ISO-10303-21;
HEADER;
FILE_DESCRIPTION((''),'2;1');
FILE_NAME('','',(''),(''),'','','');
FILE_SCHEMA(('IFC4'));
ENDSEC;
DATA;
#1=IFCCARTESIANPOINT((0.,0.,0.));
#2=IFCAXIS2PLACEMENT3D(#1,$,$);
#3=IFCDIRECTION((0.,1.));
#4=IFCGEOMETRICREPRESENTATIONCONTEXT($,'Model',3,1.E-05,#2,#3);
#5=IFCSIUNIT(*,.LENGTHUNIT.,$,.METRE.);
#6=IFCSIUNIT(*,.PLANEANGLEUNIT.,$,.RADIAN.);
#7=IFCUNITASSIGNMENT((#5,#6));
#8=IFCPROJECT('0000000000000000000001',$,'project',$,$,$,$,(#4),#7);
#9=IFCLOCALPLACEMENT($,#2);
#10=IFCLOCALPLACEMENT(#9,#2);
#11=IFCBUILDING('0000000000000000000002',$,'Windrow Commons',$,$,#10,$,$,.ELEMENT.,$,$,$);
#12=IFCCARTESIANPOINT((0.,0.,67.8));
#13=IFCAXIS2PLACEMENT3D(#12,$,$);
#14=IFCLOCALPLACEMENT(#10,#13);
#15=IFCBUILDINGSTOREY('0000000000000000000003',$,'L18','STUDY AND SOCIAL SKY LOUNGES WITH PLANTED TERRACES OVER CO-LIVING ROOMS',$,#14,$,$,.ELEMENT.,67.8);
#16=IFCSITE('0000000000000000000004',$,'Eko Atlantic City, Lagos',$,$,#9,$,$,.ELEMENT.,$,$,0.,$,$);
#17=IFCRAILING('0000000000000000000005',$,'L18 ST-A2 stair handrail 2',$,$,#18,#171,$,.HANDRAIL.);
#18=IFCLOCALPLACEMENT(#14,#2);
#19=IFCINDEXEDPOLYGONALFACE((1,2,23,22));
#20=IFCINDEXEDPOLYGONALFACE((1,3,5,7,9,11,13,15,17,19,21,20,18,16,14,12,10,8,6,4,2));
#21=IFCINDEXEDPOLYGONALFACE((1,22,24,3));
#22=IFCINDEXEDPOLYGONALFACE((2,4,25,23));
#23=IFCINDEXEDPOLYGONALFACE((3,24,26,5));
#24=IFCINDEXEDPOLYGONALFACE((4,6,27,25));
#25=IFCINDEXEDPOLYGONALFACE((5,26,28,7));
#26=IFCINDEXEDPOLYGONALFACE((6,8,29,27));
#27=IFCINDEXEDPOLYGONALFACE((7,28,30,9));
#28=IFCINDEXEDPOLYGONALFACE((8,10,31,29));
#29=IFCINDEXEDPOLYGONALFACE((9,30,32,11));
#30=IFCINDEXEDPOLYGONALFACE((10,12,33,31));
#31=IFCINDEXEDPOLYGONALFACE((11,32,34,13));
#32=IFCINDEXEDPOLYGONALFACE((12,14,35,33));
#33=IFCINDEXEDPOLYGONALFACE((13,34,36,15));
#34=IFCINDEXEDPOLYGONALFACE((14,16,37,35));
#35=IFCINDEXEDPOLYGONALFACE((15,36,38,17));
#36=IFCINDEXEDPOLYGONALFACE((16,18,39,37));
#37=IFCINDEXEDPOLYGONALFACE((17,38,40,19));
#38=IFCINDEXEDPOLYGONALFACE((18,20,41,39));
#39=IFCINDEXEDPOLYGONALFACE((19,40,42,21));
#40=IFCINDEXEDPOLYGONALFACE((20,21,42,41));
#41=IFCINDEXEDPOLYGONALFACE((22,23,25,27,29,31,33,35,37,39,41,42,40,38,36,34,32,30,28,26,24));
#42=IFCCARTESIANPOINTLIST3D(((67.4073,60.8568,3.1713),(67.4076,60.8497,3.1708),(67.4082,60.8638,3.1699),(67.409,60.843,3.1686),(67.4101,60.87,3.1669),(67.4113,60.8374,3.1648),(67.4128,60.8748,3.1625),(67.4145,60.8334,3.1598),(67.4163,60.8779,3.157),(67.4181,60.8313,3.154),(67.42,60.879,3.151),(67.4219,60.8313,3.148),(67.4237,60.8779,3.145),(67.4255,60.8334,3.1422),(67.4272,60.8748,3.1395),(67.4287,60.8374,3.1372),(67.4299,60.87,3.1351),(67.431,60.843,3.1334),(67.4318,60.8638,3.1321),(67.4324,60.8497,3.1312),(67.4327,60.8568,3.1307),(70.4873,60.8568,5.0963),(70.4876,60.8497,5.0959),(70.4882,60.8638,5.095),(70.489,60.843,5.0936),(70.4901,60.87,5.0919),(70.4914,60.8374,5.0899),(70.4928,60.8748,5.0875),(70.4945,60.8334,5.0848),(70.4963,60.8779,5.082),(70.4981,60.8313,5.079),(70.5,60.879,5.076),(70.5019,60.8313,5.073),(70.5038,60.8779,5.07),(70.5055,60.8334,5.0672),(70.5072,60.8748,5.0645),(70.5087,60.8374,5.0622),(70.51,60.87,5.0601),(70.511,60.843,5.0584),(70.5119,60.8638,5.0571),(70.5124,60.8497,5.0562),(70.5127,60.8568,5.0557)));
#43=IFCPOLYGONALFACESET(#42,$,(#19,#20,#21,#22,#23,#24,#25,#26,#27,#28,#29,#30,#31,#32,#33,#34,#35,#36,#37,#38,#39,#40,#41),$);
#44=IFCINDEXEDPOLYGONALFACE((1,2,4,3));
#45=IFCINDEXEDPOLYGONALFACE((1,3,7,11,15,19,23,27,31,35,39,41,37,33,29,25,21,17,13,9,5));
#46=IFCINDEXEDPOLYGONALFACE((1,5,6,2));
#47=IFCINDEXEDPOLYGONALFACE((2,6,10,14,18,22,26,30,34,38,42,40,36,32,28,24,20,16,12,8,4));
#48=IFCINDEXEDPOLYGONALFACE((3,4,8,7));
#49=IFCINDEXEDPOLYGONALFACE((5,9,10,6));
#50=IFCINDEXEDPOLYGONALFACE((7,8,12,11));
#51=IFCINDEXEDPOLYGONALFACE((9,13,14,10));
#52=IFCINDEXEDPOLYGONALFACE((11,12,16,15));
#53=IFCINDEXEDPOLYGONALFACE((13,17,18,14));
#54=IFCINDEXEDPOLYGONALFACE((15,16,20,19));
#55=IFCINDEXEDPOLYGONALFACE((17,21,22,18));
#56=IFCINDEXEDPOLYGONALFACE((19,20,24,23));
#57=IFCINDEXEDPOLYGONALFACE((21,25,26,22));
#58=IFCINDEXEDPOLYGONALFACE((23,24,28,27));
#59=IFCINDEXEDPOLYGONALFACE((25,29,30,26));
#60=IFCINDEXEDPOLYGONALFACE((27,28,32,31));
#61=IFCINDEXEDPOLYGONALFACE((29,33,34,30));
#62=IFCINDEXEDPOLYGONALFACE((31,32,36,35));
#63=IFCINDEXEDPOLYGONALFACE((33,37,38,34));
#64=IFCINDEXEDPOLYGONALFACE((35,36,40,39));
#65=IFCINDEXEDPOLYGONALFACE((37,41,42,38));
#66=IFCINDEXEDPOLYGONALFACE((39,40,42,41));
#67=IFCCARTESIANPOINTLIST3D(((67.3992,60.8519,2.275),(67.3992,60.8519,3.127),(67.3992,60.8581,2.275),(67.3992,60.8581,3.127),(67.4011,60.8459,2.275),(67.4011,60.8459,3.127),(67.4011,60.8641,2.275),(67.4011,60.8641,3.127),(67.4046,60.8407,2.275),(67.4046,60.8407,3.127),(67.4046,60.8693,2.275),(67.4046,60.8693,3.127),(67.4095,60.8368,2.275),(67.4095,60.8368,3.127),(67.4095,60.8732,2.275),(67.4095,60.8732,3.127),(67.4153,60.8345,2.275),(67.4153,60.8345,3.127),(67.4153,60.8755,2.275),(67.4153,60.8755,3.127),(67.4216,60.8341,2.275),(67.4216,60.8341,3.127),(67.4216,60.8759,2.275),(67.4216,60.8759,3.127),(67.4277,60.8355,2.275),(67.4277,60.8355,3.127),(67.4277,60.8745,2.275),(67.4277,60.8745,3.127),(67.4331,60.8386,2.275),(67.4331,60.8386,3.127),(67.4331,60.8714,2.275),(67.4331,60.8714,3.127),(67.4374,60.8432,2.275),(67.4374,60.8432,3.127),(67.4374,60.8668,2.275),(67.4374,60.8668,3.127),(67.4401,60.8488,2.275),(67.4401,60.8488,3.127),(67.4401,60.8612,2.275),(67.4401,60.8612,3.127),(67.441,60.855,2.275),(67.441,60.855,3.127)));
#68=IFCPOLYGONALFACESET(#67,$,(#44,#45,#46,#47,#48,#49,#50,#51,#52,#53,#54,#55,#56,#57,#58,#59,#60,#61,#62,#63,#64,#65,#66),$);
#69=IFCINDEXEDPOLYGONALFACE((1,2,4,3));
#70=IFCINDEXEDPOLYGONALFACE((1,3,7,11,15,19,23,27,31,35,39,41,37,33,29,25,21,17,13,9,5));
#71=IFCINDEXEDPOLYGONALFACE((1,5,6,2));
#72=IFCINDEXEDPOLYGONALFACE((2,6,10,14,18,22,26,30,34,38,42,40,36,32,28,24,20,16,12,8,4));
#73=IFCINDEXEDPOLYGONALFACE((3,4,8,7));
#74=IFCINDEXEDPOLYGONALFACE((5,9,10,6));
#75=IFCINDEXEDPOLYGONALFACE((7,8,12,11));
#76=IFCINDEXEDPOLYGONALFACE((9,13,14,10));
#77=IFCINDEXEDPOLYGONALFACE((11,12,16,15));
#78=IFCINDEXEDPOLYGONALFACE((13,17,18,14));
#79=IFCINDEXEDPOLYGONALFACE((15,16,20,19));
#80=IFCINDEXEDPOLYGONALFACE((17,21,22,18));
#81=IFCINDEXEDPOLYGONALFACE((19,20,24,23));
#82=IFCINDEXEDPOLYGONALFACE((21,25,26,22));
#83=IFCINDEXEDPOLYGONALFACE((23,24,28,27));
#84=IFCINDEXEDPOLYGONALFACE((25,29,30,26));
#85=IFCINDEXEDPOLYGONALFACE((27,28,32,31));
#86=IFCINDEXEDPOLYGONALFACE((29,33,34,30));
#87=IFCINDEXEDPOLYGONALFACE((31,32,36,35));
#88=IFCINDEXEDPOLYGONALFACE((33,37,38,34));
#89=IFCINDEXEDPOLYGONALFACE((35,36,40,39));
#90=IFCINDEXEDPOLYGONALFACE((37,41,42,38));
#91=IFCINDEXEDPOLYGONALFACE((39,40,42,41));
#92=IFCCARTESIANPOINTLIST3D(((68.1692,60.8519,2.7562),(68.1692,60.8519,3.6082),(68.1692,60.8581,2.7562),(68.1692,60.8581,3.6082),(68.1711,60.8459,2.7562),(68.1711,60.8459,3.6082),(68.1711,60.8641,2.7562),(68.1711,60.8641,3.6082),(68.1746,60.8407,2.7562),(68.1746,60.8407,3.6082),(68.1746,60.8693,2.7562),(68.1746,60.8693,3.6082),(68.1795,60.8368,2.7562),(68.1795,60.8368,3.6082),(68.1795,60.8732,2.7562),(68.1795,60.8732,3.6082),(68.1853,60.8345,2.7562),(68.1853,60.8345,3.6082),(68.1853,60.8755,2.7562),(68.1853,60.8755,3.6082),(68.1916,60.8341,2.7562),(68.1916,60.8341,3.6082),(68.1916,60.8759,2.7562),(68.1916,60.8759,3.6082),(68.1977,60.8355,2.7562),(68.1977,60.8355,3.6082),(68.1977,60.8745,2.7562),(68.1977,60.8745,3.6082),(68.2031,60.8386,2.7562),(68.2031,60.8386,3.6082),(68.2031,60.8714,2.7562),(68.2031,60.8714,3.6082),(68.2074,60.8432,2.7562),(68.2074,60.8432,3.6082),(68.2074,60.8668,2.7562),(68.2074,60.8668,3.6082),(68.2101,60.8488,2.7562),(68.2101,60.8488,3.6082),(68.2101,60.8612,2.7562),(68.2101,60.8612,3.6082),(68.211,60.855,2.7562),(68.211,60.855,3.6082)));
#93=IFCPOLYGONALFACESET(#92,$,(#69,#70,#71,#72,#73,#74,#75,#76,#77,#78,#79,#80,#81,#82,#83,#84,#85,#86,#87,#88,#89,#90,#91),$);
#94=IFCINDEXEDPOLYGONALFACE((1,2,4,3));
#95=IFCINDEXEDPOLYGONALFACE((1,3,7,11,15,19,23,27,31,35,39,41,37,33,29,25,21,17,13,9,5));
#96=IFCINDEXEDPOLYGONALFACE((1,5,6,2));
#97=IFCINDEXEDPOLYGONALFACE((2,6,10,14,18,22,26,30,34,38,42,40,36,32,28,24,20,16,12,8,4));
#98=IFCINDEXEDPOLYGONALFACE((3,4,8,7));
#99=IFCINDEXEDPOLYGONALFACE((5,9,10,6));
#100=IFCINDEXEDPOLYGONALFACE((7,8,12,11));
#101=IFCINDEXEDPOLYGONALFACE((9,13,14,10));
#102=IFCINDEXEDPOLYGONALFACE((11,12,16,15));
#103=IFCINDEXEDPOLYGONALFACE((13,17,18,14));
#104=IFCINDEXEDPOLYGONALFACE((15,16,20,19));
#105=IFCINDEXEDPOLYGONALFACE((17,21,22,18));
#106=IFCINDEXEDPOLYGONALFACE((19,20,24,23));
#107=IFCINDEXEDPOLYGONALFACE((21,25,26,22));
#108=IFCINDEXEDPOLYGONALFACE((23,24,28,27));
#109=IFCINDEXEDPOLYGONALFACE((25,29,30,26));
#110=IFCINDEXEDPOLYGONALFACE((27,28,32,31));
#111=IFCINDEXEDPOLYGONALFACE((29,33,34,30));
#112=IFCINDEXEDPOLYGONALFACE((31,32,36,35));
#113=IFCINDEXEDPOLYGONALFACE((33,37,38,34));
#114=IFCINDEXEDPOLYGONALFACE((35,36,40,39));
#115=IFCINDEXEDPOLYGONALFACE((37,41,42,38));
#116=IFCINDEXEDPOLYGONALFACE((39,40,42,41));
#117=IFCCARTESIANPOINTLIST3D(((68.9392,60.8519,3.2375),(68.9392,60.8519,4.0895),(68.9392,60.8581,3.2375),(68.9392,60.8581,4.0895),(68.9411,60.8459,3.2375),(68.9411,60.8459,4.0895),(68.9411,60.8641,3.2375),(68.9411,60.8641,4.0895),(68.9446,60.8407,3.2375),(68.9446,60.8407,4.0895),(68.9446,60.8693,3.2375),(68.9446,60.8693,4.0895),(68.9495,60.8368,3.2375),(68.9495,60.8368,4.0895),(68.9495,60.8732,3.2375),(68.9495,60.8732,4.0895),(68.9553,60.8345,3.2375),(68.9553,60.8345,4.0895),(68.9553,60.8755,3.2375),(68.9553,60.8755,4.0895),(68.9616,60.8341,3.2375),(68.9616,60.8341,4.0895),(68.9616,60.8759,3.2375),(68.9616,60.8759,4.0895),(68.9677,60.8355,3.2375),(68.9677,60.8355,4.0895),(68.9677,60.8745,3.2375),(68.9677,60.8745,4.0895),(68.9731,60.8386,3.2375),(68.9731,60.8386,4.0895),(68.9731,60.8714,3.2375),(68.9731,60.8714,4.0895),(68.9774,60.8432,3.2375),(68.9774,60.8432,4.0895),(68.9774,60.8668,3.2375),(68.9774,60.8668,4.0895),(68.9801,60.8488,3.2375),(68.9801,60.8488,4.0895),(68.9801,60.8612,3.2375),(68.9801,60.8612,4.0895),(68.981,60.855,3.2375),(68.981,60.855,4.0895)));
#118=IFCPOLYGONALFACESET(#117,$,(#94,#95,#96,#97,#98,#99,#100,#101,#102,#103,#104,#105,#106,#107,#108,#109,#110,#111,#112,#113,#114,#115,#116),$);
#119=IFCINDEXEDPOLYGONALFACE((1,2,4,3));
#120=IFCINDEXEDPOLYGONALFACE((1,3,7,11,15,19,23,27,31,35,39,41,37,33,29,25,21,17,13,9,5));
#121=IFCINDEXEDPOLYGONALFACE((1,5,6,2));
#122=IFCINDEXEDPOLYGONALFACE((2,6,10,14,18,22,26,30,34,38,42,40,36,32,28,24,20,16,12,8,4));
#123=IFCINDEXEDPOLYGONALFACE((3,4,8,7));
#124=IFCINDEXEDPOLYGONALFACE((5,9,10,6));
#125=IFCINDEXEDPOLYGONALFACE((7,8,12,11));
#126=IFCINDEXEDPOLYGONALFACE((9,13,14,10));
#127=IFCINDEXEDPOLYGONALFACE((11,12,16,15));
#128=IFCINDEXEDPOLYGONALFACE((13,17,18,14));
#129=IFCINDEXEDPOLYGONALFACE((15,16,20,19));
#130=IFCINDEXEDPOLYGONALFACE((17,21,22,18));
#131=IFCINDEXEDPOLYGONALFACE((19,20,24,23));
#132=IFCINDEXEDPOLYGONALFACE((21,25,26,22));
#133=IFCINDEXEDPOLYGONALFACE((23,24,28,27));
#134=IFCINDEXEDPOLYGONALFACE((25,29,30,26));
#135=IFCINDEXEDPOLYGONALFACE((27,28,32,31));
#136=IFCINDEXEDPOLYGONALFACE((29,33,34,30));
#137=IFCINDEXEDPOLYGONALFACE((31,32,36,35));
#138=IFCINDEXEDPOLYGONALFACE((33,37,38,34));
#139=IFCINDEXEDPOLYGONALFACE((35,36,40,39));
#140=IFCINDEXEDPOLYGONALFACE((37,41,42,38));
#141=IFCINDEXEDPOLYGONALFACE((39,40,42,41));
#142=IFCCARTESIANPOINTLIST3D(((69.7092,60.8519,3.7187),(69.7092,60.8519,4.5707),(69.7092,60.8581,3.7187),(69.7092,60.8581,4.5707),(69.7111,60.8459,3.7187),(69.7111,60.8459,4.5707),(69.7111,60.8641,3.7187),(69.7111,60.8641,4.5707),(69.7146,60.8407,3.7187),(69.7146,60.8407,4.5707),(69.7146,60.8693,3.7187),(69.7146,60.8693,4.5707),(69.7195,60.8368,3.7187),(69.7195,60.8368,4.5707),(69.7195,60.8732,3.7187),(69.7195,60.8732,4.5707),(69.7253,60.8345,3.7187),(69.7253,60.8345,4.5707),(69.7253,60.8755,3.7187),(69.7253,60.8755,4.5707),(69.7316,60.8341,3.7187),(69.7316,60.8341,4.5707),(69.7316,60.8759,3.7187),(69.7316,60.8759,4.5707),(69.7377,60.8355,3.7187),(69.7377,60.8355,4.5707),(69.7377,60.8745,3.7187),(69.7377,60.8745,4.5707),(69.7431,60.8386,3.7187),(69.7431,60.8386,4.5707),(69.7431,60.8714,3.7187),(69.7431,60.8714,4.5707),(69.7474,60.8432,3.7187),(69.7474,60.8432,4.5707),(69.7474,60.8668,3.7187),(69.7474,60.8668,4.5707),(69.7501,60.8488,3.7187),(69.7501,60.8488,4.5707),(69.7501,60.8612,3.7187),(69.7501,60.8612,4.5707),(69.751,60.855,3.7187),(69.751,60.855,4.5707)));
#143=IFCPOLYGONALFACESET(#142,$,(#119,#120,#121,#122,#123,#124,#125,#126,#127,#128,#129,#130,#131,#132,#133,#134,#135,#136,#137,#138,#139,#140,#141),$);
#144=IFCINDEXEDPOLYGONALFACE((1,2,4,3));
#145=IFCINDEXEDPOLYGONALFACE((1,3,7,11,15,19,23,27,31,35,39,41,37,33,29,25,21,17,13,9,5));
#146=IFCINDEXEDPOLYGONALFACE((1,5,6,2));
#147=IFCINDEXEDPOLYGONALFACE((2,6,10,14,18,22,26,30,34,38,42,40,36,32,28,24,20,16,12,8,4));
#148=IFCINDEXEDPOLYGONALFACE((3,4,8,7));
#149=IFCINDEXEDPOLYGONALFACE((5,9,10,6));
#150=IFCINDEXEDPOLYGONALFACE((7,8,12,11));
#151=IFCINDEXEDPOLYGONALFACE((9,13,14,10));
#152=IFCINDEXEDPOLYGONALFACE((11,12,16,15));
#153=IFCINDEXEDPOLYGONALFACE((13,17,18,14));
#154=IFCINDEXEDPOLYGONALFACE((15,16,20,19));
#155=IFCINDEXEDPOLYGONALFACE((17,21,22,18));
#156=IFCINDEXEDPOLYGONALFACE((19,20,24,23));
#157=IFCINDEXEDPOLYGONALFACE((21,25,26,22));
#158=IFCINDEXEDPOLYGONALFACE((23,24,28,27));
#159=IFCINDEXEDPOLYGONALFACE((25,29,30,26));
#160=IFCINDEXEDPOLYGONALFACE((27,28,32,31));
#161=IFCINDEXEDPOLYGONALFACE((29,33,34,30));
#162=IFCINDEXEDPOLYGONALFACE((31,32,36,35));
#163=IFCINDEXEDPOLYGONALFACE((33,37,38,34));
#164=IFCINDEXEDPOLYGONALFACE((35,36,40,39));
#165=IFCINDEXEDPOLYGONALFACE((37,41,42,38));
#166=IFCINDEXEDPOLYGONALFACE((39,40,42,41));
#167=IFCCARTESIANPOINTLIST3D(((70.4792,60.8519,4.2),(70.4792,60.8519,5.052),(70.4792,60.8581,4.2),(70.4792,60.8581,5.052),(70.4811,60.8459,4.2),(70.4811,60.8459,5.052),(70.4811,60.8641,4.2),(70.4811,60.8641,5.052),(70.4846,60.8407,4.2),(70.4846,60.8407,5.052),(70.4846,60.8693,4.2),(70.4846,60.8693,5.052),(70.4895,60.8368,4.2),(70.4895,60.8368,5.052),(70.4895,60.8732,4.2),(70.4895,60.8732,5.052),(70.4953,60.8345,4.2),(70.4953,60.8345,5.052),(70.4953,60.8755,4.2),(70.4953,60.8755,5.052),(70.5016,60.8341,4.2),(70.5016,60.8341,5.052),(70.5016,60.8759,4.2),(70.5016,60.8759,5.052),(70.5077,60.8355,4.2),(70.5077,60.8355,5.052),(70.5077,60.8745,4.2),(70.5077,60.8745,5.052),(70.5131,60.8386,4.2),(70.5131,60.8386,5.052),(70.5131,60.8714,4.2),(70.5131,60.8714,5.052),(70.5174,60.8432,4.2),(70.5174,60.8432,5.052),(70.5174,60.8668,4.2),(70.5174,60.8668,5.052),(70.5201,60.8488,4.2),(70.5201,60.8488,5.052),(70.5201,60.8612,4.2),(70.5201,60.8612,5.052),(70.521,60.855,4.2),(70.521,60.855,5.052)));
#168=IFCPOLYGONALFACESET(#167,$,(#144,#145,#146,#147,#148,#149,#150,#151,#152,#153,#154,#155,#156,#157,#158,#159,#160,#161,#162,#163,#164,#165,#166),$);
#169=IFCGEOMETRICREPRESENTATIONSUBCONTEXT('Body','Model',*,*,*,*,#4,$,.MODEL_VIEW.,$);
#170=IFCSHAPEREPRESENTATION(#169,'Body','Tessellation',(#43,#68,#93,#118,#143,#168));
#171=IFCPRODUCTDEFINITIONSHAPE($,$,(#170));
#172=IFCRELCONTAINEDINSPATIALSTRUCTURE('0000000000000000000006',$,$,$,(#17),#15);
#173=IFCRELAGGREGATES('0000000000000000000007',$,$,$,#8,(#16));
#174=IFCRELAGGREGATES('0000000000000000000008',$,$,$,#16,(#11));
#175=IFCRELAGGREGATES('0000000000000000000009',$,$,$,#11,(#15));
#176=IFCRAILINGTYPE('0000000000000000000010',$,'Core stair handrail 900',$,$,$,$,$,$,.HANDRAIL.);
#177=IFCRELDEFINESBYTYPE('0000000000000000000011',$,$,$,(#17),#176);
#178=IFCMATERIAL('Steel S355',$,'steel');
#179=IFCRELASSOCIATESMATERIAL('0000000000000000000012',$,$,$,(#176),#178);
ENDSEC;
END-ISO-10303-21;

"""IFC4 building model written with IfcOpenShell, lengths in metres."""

from ifc_helpers import new_model, si_unit, direction, frame, origin, origin_2d, place, context, subcontext, project, spatial, circle, extrude, material, type_object, element, save


model = new_model("IFC4")

# Units and contexts
model_context = context("Model", 3, precision=1e-05, world=origin(), true_north=direction((0.0, 1.0)))
body_context = subcontext(model_context, "Body", "Model", "MODEL_VIEW")
ifc_project = project(units=[si_unit("LENGTHUNIT", "METRE"), si_unit("PLANEANGLEUNIT", "RADIAN")], contexts=[model_context])

# Site, building, storey
site_placement = place(None, origin())
site = spatial("IfcSite", under=ifc_project, at=site_placement, Name="Eko Atlantic City, Lagos", CompositionType="ELEMENT", RefElevation=0.0)
building_placement = place(site_placement, origin())
building = spatial("IfcBuilding", under=site, at=building_placement, Name="Windrow Commons", CompositionType="ELEMENT")
storey_placement = place(building_placement, frame((0.0, 0.0, 67.8)))
storey = spatial("IfcBuildingStorey", under=building, at=storey_placement, Name="L18", Description="STUDY AND SOCIAL SKY LOUNGES WITH PLANTED TERRACES OVER CO-LIVING ROOMS", CompositionType="ELEMENT", Elevation=67.8)

# Railing
ifc_material_1 = material(Name="Steel S355", Category="steel")
railing_type = type_object("IfcRailingType", Name="Core stair handrail 900", PredefinedType="HANDRAIL", material=ifc_material_1)
railing_1_placement = place(storey_placement, frame((67.42, 60.855, 2.275)))
element("IfcRailing", 1, at=railing_1_placement, inside=storey, type_object=railing_type, Name="L18 ST-A2 stair handrail 2", PredefinedType="HANDRAIL", context=body_context, shape_type="SweptSolid", body=[
    extrude(circle(Radius=0.024, at=origin_2d()), frame((0.0, 0.0, 0.876), z_axis=(0.847998, 0.0, 0.529999), x_axis=(0.0, 1.0, 0.0)), (0.0, 0.0, 1.0), 3.6321),
    extrude(circle(Radius=0.021, at=origin_2d()), origin(), (0.0, 0.0, 1.0), 0.852),
    extrude(circle(Radius=0.021, at=origin_2d()), frame((0.77, 0.0, 0.4812)), (0.0, 0.0, 1.0), 0.852),
    extrude(circle(Radius=0.021, at=origin_2d()), frame((1.54, 0.0, 0.9625)), (0.0, 0.0, 1.0), 0.852),
    extrude(circle(Radius=0.021, at=origin_2d()), frame((2.31, 0.0, 1.4437)), (0.0, 0.0, 1.0), 0.852),
    extrude(circle(Radius=0.021, at=origin_2d()), frame((3.08, 0.0, 1.925)), (0.0, 0.0, 1.0), 0.852),
])

save(model, "model.ifc")
